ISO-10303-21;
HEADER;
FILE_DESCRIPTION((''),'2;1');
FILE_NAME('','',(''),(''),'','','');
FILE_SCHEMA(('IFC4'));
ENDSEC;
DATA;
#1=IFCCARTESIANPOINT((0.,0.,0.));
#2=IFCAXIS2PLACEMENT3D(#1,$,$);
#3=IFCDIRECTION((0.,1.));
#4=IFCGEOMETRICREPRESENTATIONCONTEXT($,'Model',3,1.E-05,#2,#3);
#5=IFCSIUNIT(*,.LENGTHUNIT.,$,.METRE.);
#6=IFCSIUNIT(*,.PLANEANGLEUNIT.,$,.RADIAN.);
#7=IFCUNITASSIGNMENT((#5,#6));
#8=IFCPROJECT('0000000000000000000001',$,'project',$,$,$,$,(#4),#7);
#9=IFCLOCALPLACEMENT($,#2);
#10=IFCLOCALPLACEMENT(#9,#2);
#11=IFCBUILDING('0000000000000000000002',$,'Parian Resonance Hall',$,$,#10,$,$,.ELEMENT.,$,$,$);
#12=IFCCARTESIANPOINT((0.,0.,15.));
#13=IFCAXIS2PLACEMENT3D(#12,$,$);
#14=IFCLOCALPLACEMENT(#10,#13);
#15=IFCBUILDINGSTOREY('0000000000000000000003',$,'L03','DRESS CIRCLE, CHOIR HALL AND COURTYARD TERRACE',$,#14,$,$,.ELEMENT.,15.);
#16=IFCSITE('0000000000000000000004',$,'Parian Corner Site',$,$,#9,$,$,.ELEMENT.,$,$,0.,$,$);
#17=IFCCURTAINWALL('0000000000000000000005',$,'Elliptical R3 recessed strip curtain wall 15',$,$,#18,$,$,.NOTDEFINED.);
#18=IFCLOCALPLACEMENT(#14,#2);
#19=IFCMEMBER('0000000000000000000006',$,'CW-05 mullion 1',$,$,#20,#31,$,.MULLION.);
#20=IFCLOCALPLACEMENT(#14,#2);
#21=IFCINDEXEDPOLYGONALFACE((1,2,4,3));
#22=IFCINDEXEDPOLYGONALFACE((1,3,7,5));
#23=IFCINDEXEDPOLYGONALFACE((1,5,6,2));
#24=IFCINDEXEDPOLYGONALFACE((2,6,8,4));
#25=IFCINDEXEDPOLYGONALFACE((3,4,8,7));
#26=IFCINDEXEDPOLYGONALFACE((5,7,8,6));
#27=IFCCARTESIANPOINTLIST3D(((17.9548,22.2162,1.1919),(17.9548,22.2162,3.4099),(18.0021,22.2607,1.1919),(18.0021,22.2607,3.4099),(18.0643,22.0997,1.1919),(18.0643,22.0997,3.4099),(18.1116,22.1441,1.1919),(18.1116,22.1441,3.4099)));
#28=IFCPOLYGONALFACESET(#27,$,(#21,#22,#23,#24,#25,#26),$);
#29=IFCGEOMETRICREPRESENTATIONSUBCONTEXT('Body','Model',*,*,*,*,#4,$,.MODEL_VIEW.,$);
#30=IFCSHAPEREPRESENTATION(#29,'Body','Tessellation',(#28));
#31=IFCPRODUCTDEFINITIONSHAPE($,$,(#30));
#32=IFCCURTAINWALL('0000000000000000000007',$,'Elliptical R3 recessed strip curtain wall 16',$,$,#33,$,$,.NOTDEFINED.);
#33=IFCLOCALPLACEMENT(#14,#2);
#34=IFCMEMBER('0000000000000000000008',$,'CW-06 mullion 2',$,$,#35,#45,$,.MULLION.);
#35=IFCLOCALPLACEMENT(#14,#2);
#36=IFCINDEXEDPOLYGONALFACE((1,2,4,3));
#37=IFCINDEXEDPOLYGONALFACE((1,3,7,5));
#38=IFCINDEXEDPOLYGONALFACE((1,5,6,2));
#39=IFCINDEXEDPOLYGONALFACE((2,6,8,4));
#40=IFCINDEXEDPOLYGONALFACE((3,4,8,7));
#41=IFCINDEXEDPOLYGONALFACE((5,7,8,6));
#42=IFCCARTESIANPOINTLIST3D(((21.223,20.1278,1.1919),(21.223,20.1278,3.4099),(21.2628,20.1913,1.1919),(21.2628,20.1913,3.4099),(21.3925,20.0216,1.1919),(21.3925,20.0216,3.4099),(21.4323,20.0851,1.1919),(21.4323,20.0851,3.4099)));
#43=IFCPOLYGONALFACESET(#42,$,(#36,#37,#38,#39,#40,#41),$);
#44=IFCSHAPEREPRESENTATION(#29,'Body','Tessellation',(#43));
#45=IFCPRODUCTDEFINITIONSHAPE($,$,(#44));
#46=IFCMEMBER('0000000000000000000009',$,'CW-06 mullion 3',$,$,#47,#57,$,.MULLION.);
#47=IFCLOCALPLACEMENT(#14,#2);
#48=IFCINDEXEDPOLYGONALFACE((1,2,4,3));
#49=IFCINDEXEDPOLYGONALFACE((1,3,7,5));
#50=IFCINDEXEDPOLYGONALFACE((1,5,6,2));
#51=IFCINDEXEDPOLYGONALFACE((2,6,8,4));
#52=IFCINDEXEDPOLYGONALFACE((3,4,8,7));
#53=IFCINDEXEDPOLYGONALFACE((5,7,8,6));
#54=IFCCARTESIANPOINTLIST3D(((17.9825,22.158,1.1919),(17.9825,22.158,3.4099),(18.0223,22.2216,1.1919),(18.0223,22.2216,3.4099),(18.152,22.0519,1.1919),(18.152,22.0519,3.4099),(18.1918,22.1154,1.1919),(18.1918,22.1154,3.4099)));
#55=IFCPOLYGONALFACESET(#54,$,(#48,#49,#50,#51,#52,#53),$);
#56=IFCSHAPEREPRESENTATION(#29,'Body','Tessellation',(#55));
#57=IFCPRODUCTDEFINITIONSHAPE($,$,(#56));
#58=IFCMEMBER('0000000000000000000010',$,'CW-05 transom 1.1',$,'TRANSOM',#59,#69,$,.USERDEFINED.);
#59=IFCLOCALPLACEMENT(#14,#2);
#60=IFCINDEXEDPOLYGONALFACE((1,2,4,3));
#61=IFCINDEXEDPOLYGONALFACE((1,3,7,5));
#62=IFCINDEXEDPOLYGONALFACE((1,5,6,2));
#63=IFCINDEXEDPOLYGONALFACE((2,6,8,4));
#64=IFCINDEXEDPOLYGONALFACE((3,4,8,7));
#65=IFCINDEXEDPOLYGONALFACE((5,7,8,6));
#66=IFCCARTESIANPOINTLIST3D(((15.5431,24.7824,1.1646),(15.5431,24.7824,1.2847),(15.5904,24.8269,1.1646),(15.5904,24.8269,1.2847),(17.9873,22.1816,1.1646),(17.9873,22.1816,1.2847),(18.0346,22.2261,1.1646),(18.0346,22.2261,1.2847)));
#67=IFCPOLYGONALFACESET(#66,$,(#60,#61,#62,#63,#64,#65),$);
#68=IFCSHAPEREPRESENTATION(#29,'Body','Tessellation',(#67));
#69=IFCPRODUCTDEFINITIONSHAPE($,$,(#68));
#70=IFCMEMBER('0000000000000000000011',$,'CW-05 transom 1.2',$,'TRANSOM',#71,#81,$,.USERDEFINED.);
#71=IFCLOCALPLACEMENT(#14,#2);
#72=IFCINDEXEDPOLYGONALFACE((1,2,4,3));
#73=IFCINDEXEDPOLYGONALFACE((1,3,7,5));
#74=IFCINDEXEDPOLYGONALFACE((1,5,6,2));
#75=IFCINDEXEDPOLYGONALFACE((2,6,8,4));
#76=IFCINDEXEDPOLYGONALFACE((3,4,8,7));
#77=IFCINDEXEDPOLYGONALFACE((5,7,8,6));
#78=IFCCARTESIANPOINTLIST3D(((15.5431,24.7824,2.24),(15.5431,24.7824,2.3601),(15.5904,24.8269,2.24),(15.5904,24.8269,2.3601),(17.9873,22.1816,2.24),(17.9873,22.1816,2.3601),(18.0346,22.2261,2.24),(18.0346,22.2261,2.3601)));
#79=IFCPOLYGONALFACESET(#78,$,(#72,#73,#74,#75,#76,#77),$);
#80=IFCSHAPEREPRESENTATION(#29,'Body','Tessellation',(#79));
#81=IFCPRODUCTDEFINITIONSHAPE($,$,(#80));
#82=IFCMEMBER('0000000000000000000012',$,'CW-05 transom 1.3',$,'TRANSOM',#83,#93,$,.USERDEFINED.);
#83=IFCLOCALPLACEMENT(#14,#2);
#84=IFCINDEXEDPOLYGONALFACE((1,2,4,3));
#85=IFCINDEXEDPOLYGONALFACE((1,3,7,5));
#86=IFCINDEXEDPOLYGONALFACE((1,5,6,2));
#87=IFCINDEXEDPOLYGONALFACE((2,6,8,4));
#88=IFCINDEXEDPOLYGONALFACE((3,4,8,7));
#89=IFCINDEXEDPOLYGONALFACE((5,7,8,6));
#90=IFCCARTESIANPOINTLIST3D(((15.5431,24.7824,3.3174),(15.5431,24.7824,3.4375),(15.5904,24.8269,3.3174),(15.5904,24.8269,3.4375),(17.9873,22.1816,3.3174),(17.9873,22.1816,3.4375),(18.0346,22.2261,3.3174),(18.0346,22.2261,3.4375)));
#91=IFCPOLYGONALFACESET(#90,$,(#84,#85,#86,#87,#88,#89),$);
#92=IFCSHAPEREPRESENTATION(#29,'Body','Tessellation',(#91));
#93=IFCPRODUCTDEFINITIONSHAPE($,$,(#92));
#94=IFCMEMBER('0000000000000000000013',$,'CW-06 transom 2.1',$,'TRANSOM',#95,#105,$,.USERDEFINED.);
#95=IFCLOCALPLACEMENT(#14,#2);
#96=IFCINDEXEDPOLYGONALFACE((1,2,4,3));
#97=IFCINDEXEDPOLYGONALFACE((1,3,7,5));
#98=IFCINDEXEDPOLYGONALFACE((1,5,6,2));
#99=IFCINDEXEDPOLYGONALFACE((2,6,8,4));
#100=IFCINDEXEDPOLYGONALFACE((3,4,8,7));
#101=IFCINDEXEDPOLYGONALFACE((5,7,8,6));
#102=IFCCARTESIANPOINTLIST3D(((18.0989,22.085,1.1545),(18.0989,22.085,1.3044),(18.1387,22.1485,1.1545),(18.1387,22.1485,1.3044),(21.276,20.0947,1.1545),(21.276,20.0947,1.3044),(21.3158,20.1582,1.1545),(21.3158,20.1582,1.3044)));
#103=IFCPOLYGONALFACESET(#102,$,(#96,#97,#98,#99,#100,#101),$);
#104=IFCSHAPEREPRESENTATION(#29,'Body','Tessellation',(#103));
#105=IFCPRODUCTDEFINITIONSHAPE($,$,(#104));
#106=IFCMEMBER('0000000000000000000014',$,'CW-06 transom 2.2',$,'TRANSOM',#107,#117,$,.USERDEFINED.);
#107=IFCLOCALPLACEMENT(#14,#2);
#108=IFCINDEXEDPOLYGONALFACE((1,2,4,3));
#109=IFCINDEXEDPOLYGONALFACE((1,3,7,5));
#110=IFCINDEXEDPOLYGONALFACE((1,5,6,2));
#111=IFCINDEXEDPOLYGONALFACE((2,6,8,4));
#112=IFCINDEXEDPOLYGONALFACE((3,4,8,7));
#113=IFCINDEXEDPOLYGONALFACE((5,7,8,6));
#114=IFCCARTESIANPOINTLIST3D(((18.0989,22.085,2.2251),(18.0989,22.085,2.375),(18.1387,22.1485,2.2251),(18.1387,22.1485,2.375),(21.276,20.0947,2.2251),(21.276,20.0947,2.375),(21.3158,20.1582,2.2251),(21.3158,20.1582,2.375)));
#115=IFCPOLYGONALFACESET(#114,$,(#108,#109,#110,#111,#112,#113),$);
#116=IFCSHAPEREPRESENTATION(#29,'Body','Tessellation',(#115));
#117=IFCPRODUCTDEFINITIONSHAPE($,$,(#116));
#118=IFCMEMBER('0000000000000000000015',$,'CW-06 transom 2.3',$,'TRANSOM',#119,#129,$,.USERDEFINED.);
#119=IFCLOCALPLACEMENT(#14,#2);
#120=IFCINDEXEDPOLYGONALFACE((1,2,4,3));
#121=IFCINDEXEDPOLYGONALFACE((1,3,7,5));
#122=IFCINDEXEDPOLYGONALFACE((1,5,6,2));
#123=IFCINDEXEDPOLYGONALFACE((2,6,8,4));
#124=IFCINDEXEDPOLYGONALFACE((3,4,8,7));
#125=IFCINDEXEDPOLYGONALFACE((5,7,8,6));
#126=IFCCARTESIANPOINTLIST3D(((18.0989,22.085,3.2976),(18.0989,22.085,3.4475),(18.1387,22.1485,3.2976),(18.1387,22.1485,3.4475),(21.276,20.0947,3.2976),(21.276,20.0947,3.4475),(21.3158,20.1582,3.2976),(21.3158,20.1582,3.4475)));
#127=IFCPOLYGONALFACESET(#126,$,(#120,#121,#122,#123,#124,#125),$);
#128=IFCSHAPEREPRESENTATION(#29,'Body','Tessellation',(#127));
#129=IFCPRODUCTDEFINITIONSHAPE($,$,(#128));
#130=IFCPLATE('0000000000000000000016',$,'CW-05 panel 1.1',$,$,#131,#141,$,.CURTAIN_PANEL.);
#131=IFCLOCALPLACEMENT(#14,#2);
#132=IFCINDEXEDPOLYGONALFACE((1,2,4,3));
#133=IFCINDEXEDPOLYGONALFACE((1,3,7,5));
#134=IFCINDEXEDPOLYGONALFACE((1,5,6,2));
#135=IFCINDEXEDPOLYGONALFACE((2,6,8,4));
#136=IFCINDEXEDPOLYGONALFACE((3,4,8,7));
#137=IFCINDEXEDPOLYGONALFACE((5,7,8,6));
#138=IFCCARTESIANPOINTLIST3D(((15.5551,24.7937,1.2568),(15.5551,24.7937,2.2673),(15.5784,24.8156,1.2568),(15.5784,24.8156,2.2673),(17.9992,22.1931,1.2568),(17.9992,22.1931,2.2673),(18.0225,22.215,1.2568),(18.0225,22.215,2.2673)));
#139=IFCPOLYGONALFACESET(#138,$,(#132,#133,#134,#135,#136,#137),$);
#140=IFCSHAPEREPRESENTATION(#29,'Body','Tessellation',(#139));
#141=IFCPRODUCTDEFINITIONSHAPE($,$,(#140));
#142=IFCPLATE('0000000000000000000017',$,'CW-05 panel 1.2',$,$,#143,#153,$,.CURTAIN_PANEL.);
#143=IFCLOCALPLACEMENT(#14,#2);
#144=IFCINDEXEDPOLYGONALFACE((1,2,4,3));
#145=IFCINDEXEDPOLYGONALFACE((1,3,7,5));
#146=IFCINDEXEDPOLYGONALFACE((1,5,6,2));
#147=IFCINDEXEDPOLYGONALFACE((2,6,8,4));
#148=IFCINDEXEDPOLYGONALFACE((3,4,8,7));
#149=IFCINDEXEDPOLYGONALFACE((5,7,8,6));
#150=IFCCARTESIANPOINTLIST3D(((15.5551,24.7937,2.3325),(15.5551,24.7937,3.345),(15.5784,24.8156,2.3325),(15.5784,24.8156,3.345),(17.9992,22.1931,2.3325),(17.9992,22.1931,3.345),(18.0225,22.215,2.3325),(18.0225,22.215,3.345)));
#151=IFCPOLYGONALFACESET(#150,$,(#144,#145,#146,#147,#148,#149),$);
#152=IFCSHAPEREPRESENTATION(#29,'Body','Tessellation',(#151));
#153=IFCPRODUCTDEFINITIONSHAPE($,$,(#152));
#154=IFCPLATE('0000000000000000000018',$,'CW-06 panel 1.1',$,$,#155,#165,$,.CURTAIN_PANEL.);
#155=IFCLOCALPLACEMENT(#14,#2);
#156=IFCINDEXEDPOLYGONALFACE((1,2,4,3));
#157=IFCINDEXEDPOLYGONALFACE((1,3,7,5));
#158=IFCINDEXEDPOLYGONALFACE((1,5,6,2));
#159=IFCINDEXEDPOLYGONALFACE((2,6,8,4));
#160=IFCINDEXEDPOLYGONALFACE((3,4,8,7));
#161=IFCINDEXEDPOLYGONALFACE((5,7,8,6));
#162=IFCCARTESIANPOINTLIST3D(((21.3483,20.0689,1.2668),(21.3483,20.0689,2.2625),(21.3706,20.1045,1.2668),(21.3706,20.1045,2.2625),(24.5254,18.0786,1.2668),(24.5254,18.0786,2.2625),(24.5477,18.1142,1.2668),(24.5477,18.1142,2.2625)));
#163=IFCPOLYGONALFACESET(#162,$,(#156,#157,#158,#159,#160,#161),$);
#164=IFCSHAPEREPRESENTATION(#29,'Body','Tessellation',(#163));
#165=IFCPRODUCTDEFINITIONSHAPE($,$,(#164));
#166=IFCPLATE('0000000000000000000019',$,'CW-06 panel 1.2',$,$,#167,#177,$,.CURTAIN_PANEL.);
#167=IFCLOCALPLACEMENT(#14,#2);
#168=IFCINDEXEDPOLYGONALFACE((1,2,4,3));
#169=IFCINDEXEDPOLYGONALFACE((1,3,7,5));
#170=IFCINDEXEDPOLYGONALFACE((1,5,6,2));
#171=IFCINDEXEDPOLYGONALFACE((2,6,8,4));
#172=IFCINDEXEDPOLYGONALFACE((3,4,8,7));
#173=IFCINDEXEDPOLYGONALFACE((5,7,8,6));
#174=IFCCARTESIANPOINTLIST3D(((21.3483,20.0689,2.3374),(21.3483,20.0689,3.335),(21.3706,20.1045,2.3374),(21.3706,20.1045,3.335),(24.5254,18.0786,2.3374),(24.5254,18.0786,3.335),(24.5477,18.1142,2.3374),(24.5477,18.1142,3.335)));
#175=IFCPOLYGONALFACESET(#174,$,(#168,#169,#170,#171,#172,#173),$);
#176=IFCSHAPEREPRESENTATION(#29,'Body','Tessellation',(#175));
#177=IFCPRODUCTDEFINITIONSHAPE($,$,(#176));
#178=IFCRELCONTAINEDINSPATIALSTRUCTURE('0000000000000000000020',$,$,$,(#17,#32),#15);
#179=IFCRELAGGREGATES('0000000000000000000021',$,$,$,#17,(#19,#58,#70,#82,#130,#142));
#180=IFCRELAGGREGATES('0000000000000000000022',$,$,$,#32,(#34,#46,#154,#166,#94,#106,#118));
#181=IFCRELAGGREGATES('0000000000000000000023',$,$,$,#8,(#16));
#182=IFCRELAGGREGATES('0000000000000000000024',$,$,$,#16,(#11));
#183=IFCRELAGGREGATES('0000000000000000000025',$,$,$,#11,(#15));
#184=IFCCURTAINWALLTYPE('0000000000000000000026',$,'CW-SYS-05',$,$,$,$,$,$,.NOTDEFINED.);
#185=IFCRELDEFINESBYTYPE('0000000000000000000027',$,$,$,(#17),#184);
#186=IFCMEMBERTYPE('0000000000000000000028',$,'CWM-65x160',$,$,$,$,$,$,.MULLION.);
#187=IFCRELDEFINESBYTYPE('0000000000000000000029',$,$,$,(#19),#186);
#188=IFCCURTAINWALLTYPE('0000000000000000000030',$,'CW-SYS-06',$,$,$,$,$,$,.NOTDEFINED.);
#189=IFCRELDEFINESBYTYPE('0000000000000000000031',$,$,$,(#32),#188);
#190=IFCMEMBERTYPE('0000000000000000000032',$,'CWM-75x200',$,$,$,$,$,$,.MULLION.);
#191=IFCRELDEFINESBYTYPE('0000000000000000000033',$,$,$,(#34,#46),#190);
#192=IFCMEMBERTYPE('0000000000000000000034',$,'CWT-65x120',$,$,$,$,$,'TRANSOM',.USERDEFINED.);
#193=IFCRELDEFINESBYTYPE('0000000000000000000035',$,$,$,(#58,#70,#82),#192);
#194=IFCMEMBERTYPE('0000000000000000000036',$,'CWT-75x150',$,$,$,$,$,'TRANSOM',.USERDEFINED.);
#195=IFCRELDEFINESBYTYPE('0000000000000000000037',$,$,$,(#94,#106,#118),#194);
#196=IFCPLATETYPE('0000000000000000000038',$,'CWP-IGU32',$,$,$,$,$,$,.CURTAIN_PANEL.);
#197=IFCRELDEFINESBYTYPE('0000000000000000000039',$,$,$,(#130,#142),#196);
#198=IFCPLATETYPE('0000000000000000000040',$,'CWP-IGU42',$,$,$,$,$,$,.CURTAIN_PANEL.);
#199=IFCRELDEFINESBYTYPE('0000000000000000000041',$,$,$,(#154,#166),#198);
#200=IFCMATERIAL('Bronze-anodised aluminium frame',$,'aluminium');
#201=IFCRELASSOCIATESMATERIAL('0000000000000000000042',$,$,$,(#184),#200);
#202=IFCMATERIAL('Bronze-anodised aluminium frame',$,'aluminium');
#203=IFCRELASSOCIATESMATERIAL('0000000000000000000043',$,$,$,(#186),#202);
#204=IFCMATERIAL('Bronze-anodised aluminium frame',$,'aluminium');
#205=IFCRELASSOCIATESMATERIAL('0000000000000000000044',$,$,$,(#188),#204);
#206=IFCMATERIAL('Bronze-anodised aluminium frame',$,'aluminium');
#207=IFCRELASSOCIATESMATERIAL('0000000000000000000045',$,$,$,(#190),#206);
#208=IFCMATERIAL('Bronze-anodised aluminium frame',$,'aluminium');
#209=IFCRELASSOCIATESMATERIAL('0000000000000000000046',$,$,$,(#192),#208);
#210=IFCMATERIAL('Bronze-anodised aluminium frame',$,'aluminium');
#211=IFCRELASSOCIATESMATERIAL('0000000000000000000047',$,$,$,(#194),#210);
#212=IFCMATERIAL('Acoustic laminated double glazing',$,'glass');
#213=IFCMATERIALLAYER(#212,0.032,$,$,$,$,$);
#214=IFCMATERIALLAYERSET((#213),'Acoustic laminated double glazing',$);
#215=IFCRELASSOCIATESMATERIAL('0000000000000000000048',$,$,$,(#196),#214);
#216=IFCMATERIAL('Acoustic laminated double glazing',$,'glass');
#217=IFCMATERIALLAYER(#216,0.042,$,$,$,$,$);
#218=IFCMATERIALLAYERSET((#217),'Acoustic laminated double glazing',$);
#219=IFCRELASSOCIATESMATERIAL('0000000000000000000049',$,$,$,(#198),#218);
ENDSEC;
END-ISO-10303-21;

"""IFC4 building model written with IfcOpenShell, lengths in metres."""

from ifc_helpers import new_model, si_unit, direction, frame, origin, origin_2d, place, context, subcontext, project, spatial, rectangle, extrude, material, layer, layer_set, material_profile, profile_set, type_object, element, aggregate, save


model = new_model("IFC4")

# Units and contexts
model_context = context("Model", 3, precision=1e-05, world=origin(), true_north=direction((0.0, 1.0)))
body_context = subcontext(model_context, "Body", "Model", "MODEL_VIEW")
ifc_project = project(units=[si_unit("LENGTHUNIT", "METRE"), si_unit("PLANEANGLEUNIT", "RADIAN")], contexts=[model_context])

# Site, building, storey
site_placement = place(None, origin())
site = spatial("IfcSite", under=ifc_project, at=site_placement, Name="Parian Corner Site", CompositionType="ELEMENT", RefElevation=0.0)
building_placement = place(site_placement, origin())
building = spatial("IfcBuilding", under=site, at=building_placement, Name="Parian Resonance Hall", CompositionType="ELEMENT")
storey_placement = place(building_placement, frame((0.0, 0.0, 15.0)))
storey = spatial("IfcBuildingStorey", under=building, at=storey_placement, Name="L03", Description="DRESS CIRCLE, CHOIR HALL AND COURTYARD TERRACE", CompositionType="ELEMENT", Elevation=15.0)

# Curtain wall, member
ifc_material_1 = material(Name="Bronze-anodised aluminium frame", Category="aluminium")
curtain_wall_type_1 = type_object("IfcCurtainWallType", Name="CW-SYS-05", PredefinedType="NOTDEFINED", material=ifc_material_1)
curtain_wall_1_placement = place(storey_placement, origin())
curtain_wall_1 = element("IfcCurtainWall", 1, at=curtain_wall_1_placement, inside=storey, type_object=curtain_wall_type_1, Name="Elliptical R3 recessed strip curtain wall 15", PredefinedType="NOTDEFINED")
ifc_material_2 = material(Name="Bronze-anodised aluminium frame", Category="aluminium")
ifc_material_profile_1 = material_profile(ifc_material_2, rectangle(XDim=0.0649, YDim=0.1599, at=origin_2d()), Name="CWM-65x160")
ifc_profile_set_1 = profile_set([ifc_material_profile_1], Name="Bronze-anodised aluminium frame")
member_type_1 = type_object("IfcMemberType", Name="CWM-65x160", PredefinedType="MULLION", material=ifc_profile_set_1)
member_1_placement = place(storey_placement, frame((18.0332, 22.1802, 1.1919), z_axis=(0.0, 0.0, 1.0), x_axis=(-0.728695, -0.684838, 0.0)))
member_1 = element("IfcMember", 2, at=member_1_placement, type_object=member_type_1, Name="CW-05 mullion 1", PredefinedType="MULLION", context=body_context, shape_type="SweptSolid", body=[
    extrude(rectangle(XDim=0.0649, YDim=0.1599, at=origin_2d()), origin(), (0.0, 0.0, 1.0), 2.218),
])

# Curtain wall, members
ifc_material_3 = material(Name="Bronze-anodised aluminium frame", Category="aluminium")
curtain_wall_type_2 = type_object("IfcCurtainWallType", Name="CW-SYS-06", PredefinedType="NOTDEFINED", material=ifc_material_3)
curtain_wall_2_placement = place(storey_placement, origin())
curtain_wall_2 = element("IfcCurtainWall", 3, at=curtain_wall_2_placement, inside=storey, type_object=curtain_wall_type_2, Name="Elliptical R3 recessed strip curtain wall 16", PredefinedType="NOTDEFINED")
ifc_material_4 = material(Name="Bronze-anodised aluminium frame", Category="aluminium")
ifc_material_profile_2 = material_profile(ifc_material_4, rectangle(XDim=0.075, YDim=0.2, at=origin_2d()), Name="CWM-75x200")
ifc_profile_set_2 = profile_set([ifc_material_profile_2], Name="Bronze-anodised aluminium frame")
member_type_2 = type_object("IfcMemberType", Name="CWM-75x200", PredefinedType="MULLION", material=ifc_profile_set_2)
member_2_placement = place(storey_placement, frame((21.3276, 20.1064, 1.1919), z_axis=(0.0, 0.0, 1.0), x_axis=(-0.530904, -0.847432, 0.0)))
member_2 = element("IfcMember", 4, at=member_2_placement, type_object=member_type_2, Name="CW-06 mullion 2", PredefinedType="MULLION", context=body_context, shape_type="SweptSolid", body=[
    extrude(rectangle(XDim=0.075, YDim=0.2, at=origin_2d()), origin(), (0.0, 0.0, 1.0), 2.218),
])
member_3_placement = place(storey_placement, frame((18.0872, 22.1367, 1.1919), z_axis=(0.0, 0.0, 1.0), x_axis=(-0.530904, -0.847432, 0.0)))
member_3 = element("IfcMember", 5, at=member_3_placement, type_object=member_type_2, Name="CW-06 mullion 3", PredefinedType="MULLION", context=body_context, shape_type="SweptSolid", body=[
    extrude(rectangle(XDim=0.075, YDim=0.2, at=origin_2d()), origin(), (0.0, 0.0, 1.0), 2.218),
])

# Members
ifc_material_5 = material(Name="Bronze-anodised aluminium frame", Category="aluminium")
ifc_material_profile_3 = material_profile(ifc_material_5, rectangle(XDim=0.0649, YDim=0.1201, at=origin_2d()), Name="CWT-65x120")
ifc_profile_set_3 = profile_set([ifc_material_profile_3], Name="Bronze-anodised aluminium frame")
member_type_3 = type_object("IfcMemberType", Name="CWT-65x120", ElementType="TRANSOM", PredefinedType="USERDEFINED", material=ifc_profile_set_3)
member_4_placement = place(storey_placement, frame((18.011, 22.2039, 1.2246), z_axis=(-0.684844, 0.72869, 0.0), x_axis=(-0.72869, -0.684844, 0.0)))
member_4 = element("IfcMember", 6, at=member_4_placement, type_object=member_type_3, Name="CW-05 transom 1.1", ObjectType="TRANSOM", PredefinedType="USERDEFINED", context=body_context, shape_type="SweptSolid", body=[
    extrude(rectangle(XDim=0.0649, YDim=0.1201, at=origin_2d()), origin(), (0.0, 0.0, 1.0), 3.5691),
])
member_5_placement = place(storey_placement, frame((18.011, 22.2039, 2.3), z_axis=(-0.684844, 0.72869, 0.0), x_axis=(-0.72869, -0.684844, 0.0)))
member_5 = element("IfcMember", 7, at=member_5_placement, type_object=member_type_3, Name="CW-05 transom 1.2", ObjectType="TRANSOM", PredefinedType="USERDEFINED", context=body_context, shape_type="SweptSolid", body=[
    extrude(rectangle(XDim=0.0649, YDim=0.1201, at=origin_2d()), origin(), (0.0, 0.0, 1.0), 3.5691),
])
member_6_placement = place(storey_placement, frame((18.011, 22.2039, 3.3774), z_axis=(-0.684844, 0.72869, 0.0), x_axis=(-0.72869, -0.684844, 0.0)))
member_6 = element("IfcMember", 8, at=member_6_placement, type_object=member_type_3, Name="CW-05 transom 1.3", ObjectType="TRANSOM", PredefinedType="USERDEFINED", context=body_context, shape_type="SweptSolid", body=[
    extrude(rectangle(XDim=0.0649, YDim=0.1201, at=origin_2d()), origin(), (0.0, 0.0, 1.0), 3.5691),
])
ifc_material_6 = material(Name="Bronze-anodised aluminium frame", Category="aluminium")
ifc_material_profile_4 = material_profile(ifc_material_6, rectangle(XDim=0.075, YDim=0.1499, at=origin_2d()), Name="CWT-75x150")
ifc_profile_set_4 = profile_set([ifc_material_profile_4], Name="Bronze-anodised aluminium frame")
member_type_4 = type_object("IfcMemberType", Name="CWT-75x150", ElementType="TRANSOM", PredefinedType="USERDEFINED", material=ifc_profile_set_4)
member_7_placement = place(storey_placement, frame((21.2959, 20.1265, 1.2295), z_axis=(-0.847445, 0.530883, 0.0), x_axis=(-0.530883, -0.847445, 0.0)))
member_7 = element("IfcMember", 9, at=member_7_placement, type_object=member_type_4, Name="CW-06 transom 2.1", ObjectType="TRANSOM", PredefinedType="USERDEFINED", context=body_context, shape_type="SweptSolid", body=[
    extrude(rectangle(XDim=0.075, YDim=0.1499, at=origin_2d()), origin(), (0.0, 0.0, 1.0), 3.749),
])
member_8_placement = place(storey_placement, frame((21.2959, 20.1265, 2.3), z_axis=(-0.847445, 0.530883, 0.0), x_axis=(-0.530883, -0.847445, 0.0)))
member_8 = element("IfcMember", 10, at=member_8_placement, type_object=member_type_4, Name="CW-06 transom 2.2", ObjectType="TRANSOM", PredefinedType="USERDEFINED", context=body_context, shape_type="SweptSolid", body=[
    extrude(rectangle(XDim=0.075, YDim=0.1499, at=origin_2d()), origin(), (0.0, 0.0, 1.0), 3.749),
])
member_9_placement = place(storey_placement, frame((21.2959, 20.1265, 3.3726), z_axis=(-0.847445, 0.530883, 0.0), x_axis=(-0.530883, -0.847445, 0.0)))
member_9 = element("IfcMember", 11, at=member_9_placement, type_object=member_type_4, Name="CW-06 transom 2.3", ObjectType="TRANSOM", PredefinedType="USERDEFINED", context=body_context, shape_type="SweptSolid", body=[
    extrude(rectangle(XDim=0.075, YDim=0.1499, at=origin_2d()), origin(), (0.0, 0.0, 1.0), 3.749),
])

# Plates
ifc_material_7 = material(Name="Acoustic laminated double glazing", Category="glass")
ifc_layer_1 = layer(ifc_material_7, 0.032)
ifc_layer_set_1 = layer_set([ifc_layer_1], Name="Acoustic laminated double glazing")
plate_type_1 = type_object("IfcPlateType", Name="CWP-IGU32", PredefinedType="CURTAIN_PANEL", material=ifc_layer_set_1)
plate_1_placement = place(storey_placement, frame((16.7888, 23.5044, 1.2568), z_axis=(0.0, 0.0, 1.0), x_axis=(-0.684838, 0.728695, 0.0)))
plate_1 = element("IfcPlate", 12, at=plate_1_placement, type_object=plate_type_1, Name="CW-05 panel 1.1", PredefinedType="CURTAIN_PANEL", context=body_context, shape_type="SweptSolid", body=[
    extrude(rectangle(XDim=3.5688, YDim=0.032, at=origin_2d()), origin(), (0.0, 0.0, 1.0), 1.0105),
])
plate_2_placement = place(storey_placement, frame((16.7888, 23.5044, 2.3325), z_axis=(0.0, 0.0, 1.0), x_axis=(-0.684838, 0.728695, 0.0)))
plate_2 = element("IfcPlate", 13, at=plate_2_placement, type_object=plate_type_1, Name="CW-05 panel 1.2", PredefinedType="CURTAIN_PANEL", context=body_context, shape_type="SweptSolid", body=[
    extrude(rectangle(XDim=3.5688, YDim=0.032, at=origin_2d()), origin(), (0.0, 0.0, 1.0), 1.0125),
])
aggregate(curtain_wall_1, [member_1, member_4, member_5, member_6, plate_1, plate_2])
ifc_material_8 = material(Name="Acoustic laminated double glazing", Category="glass")
ifc_layer_2 = layer(ifc_material_8, 0.042)
ifc_layer_set_2 = layer_set([ifc_layer_2], Name="Acoustic laminated double glazing")
plate_type_2 = type_object("IfcPlateType", Name="CWP-IGU42", PredefinedType="CURTAIN_PANEL", material=ifc_layer_set_2)
plate_3_placement = place(storey_placement, frame((22.948, 19.0916, 1.2668), z_axis=(0.0, 0.0, 1.0), x_axis=(-0.847432, 0.530904, 0.0)))
plate_3 = element("IfcPlate", 14, at=plate_3_placement, type_object=plate_type_2, Name="CW-06 panel 1.1", PredefinedType="CURTAIN_PANEL", context=body_context, shape_type="SweptSolid", body=[
    extrude(rectangle(XDim=3.749, YDim=0.042, at=origin_2d()), origin(), (0.0, 0.0, 1.0), 0.9956),
])
plate_4_placement = place(storey_placement, frame((22.948, 19.0916, 2.3374), z_axis=(0.0, 0.0, 1.0), x_axis=(-0.847432, 0.530904, 0.0)))
plate_4 = element("IfcPlate", 15, at=plate_4_placement, type_object=plate_type_2, Name="CW-06 panel 1.2", PredefinedType="CURTAIN_PANEL", context=body_context, shape_type="SweptSolid", body=[
    extrude(rectangle(XDim=3.749, YDim=0.042, at=origin_2d()), origin(), (0.0, 0.0, 1.0), 0.9976),
])
aggregate(curtain_wall_2, [member_2, member_3, plate_3, plate_4, member_7, member_8, member_9])

save(model, "model.ifc")
